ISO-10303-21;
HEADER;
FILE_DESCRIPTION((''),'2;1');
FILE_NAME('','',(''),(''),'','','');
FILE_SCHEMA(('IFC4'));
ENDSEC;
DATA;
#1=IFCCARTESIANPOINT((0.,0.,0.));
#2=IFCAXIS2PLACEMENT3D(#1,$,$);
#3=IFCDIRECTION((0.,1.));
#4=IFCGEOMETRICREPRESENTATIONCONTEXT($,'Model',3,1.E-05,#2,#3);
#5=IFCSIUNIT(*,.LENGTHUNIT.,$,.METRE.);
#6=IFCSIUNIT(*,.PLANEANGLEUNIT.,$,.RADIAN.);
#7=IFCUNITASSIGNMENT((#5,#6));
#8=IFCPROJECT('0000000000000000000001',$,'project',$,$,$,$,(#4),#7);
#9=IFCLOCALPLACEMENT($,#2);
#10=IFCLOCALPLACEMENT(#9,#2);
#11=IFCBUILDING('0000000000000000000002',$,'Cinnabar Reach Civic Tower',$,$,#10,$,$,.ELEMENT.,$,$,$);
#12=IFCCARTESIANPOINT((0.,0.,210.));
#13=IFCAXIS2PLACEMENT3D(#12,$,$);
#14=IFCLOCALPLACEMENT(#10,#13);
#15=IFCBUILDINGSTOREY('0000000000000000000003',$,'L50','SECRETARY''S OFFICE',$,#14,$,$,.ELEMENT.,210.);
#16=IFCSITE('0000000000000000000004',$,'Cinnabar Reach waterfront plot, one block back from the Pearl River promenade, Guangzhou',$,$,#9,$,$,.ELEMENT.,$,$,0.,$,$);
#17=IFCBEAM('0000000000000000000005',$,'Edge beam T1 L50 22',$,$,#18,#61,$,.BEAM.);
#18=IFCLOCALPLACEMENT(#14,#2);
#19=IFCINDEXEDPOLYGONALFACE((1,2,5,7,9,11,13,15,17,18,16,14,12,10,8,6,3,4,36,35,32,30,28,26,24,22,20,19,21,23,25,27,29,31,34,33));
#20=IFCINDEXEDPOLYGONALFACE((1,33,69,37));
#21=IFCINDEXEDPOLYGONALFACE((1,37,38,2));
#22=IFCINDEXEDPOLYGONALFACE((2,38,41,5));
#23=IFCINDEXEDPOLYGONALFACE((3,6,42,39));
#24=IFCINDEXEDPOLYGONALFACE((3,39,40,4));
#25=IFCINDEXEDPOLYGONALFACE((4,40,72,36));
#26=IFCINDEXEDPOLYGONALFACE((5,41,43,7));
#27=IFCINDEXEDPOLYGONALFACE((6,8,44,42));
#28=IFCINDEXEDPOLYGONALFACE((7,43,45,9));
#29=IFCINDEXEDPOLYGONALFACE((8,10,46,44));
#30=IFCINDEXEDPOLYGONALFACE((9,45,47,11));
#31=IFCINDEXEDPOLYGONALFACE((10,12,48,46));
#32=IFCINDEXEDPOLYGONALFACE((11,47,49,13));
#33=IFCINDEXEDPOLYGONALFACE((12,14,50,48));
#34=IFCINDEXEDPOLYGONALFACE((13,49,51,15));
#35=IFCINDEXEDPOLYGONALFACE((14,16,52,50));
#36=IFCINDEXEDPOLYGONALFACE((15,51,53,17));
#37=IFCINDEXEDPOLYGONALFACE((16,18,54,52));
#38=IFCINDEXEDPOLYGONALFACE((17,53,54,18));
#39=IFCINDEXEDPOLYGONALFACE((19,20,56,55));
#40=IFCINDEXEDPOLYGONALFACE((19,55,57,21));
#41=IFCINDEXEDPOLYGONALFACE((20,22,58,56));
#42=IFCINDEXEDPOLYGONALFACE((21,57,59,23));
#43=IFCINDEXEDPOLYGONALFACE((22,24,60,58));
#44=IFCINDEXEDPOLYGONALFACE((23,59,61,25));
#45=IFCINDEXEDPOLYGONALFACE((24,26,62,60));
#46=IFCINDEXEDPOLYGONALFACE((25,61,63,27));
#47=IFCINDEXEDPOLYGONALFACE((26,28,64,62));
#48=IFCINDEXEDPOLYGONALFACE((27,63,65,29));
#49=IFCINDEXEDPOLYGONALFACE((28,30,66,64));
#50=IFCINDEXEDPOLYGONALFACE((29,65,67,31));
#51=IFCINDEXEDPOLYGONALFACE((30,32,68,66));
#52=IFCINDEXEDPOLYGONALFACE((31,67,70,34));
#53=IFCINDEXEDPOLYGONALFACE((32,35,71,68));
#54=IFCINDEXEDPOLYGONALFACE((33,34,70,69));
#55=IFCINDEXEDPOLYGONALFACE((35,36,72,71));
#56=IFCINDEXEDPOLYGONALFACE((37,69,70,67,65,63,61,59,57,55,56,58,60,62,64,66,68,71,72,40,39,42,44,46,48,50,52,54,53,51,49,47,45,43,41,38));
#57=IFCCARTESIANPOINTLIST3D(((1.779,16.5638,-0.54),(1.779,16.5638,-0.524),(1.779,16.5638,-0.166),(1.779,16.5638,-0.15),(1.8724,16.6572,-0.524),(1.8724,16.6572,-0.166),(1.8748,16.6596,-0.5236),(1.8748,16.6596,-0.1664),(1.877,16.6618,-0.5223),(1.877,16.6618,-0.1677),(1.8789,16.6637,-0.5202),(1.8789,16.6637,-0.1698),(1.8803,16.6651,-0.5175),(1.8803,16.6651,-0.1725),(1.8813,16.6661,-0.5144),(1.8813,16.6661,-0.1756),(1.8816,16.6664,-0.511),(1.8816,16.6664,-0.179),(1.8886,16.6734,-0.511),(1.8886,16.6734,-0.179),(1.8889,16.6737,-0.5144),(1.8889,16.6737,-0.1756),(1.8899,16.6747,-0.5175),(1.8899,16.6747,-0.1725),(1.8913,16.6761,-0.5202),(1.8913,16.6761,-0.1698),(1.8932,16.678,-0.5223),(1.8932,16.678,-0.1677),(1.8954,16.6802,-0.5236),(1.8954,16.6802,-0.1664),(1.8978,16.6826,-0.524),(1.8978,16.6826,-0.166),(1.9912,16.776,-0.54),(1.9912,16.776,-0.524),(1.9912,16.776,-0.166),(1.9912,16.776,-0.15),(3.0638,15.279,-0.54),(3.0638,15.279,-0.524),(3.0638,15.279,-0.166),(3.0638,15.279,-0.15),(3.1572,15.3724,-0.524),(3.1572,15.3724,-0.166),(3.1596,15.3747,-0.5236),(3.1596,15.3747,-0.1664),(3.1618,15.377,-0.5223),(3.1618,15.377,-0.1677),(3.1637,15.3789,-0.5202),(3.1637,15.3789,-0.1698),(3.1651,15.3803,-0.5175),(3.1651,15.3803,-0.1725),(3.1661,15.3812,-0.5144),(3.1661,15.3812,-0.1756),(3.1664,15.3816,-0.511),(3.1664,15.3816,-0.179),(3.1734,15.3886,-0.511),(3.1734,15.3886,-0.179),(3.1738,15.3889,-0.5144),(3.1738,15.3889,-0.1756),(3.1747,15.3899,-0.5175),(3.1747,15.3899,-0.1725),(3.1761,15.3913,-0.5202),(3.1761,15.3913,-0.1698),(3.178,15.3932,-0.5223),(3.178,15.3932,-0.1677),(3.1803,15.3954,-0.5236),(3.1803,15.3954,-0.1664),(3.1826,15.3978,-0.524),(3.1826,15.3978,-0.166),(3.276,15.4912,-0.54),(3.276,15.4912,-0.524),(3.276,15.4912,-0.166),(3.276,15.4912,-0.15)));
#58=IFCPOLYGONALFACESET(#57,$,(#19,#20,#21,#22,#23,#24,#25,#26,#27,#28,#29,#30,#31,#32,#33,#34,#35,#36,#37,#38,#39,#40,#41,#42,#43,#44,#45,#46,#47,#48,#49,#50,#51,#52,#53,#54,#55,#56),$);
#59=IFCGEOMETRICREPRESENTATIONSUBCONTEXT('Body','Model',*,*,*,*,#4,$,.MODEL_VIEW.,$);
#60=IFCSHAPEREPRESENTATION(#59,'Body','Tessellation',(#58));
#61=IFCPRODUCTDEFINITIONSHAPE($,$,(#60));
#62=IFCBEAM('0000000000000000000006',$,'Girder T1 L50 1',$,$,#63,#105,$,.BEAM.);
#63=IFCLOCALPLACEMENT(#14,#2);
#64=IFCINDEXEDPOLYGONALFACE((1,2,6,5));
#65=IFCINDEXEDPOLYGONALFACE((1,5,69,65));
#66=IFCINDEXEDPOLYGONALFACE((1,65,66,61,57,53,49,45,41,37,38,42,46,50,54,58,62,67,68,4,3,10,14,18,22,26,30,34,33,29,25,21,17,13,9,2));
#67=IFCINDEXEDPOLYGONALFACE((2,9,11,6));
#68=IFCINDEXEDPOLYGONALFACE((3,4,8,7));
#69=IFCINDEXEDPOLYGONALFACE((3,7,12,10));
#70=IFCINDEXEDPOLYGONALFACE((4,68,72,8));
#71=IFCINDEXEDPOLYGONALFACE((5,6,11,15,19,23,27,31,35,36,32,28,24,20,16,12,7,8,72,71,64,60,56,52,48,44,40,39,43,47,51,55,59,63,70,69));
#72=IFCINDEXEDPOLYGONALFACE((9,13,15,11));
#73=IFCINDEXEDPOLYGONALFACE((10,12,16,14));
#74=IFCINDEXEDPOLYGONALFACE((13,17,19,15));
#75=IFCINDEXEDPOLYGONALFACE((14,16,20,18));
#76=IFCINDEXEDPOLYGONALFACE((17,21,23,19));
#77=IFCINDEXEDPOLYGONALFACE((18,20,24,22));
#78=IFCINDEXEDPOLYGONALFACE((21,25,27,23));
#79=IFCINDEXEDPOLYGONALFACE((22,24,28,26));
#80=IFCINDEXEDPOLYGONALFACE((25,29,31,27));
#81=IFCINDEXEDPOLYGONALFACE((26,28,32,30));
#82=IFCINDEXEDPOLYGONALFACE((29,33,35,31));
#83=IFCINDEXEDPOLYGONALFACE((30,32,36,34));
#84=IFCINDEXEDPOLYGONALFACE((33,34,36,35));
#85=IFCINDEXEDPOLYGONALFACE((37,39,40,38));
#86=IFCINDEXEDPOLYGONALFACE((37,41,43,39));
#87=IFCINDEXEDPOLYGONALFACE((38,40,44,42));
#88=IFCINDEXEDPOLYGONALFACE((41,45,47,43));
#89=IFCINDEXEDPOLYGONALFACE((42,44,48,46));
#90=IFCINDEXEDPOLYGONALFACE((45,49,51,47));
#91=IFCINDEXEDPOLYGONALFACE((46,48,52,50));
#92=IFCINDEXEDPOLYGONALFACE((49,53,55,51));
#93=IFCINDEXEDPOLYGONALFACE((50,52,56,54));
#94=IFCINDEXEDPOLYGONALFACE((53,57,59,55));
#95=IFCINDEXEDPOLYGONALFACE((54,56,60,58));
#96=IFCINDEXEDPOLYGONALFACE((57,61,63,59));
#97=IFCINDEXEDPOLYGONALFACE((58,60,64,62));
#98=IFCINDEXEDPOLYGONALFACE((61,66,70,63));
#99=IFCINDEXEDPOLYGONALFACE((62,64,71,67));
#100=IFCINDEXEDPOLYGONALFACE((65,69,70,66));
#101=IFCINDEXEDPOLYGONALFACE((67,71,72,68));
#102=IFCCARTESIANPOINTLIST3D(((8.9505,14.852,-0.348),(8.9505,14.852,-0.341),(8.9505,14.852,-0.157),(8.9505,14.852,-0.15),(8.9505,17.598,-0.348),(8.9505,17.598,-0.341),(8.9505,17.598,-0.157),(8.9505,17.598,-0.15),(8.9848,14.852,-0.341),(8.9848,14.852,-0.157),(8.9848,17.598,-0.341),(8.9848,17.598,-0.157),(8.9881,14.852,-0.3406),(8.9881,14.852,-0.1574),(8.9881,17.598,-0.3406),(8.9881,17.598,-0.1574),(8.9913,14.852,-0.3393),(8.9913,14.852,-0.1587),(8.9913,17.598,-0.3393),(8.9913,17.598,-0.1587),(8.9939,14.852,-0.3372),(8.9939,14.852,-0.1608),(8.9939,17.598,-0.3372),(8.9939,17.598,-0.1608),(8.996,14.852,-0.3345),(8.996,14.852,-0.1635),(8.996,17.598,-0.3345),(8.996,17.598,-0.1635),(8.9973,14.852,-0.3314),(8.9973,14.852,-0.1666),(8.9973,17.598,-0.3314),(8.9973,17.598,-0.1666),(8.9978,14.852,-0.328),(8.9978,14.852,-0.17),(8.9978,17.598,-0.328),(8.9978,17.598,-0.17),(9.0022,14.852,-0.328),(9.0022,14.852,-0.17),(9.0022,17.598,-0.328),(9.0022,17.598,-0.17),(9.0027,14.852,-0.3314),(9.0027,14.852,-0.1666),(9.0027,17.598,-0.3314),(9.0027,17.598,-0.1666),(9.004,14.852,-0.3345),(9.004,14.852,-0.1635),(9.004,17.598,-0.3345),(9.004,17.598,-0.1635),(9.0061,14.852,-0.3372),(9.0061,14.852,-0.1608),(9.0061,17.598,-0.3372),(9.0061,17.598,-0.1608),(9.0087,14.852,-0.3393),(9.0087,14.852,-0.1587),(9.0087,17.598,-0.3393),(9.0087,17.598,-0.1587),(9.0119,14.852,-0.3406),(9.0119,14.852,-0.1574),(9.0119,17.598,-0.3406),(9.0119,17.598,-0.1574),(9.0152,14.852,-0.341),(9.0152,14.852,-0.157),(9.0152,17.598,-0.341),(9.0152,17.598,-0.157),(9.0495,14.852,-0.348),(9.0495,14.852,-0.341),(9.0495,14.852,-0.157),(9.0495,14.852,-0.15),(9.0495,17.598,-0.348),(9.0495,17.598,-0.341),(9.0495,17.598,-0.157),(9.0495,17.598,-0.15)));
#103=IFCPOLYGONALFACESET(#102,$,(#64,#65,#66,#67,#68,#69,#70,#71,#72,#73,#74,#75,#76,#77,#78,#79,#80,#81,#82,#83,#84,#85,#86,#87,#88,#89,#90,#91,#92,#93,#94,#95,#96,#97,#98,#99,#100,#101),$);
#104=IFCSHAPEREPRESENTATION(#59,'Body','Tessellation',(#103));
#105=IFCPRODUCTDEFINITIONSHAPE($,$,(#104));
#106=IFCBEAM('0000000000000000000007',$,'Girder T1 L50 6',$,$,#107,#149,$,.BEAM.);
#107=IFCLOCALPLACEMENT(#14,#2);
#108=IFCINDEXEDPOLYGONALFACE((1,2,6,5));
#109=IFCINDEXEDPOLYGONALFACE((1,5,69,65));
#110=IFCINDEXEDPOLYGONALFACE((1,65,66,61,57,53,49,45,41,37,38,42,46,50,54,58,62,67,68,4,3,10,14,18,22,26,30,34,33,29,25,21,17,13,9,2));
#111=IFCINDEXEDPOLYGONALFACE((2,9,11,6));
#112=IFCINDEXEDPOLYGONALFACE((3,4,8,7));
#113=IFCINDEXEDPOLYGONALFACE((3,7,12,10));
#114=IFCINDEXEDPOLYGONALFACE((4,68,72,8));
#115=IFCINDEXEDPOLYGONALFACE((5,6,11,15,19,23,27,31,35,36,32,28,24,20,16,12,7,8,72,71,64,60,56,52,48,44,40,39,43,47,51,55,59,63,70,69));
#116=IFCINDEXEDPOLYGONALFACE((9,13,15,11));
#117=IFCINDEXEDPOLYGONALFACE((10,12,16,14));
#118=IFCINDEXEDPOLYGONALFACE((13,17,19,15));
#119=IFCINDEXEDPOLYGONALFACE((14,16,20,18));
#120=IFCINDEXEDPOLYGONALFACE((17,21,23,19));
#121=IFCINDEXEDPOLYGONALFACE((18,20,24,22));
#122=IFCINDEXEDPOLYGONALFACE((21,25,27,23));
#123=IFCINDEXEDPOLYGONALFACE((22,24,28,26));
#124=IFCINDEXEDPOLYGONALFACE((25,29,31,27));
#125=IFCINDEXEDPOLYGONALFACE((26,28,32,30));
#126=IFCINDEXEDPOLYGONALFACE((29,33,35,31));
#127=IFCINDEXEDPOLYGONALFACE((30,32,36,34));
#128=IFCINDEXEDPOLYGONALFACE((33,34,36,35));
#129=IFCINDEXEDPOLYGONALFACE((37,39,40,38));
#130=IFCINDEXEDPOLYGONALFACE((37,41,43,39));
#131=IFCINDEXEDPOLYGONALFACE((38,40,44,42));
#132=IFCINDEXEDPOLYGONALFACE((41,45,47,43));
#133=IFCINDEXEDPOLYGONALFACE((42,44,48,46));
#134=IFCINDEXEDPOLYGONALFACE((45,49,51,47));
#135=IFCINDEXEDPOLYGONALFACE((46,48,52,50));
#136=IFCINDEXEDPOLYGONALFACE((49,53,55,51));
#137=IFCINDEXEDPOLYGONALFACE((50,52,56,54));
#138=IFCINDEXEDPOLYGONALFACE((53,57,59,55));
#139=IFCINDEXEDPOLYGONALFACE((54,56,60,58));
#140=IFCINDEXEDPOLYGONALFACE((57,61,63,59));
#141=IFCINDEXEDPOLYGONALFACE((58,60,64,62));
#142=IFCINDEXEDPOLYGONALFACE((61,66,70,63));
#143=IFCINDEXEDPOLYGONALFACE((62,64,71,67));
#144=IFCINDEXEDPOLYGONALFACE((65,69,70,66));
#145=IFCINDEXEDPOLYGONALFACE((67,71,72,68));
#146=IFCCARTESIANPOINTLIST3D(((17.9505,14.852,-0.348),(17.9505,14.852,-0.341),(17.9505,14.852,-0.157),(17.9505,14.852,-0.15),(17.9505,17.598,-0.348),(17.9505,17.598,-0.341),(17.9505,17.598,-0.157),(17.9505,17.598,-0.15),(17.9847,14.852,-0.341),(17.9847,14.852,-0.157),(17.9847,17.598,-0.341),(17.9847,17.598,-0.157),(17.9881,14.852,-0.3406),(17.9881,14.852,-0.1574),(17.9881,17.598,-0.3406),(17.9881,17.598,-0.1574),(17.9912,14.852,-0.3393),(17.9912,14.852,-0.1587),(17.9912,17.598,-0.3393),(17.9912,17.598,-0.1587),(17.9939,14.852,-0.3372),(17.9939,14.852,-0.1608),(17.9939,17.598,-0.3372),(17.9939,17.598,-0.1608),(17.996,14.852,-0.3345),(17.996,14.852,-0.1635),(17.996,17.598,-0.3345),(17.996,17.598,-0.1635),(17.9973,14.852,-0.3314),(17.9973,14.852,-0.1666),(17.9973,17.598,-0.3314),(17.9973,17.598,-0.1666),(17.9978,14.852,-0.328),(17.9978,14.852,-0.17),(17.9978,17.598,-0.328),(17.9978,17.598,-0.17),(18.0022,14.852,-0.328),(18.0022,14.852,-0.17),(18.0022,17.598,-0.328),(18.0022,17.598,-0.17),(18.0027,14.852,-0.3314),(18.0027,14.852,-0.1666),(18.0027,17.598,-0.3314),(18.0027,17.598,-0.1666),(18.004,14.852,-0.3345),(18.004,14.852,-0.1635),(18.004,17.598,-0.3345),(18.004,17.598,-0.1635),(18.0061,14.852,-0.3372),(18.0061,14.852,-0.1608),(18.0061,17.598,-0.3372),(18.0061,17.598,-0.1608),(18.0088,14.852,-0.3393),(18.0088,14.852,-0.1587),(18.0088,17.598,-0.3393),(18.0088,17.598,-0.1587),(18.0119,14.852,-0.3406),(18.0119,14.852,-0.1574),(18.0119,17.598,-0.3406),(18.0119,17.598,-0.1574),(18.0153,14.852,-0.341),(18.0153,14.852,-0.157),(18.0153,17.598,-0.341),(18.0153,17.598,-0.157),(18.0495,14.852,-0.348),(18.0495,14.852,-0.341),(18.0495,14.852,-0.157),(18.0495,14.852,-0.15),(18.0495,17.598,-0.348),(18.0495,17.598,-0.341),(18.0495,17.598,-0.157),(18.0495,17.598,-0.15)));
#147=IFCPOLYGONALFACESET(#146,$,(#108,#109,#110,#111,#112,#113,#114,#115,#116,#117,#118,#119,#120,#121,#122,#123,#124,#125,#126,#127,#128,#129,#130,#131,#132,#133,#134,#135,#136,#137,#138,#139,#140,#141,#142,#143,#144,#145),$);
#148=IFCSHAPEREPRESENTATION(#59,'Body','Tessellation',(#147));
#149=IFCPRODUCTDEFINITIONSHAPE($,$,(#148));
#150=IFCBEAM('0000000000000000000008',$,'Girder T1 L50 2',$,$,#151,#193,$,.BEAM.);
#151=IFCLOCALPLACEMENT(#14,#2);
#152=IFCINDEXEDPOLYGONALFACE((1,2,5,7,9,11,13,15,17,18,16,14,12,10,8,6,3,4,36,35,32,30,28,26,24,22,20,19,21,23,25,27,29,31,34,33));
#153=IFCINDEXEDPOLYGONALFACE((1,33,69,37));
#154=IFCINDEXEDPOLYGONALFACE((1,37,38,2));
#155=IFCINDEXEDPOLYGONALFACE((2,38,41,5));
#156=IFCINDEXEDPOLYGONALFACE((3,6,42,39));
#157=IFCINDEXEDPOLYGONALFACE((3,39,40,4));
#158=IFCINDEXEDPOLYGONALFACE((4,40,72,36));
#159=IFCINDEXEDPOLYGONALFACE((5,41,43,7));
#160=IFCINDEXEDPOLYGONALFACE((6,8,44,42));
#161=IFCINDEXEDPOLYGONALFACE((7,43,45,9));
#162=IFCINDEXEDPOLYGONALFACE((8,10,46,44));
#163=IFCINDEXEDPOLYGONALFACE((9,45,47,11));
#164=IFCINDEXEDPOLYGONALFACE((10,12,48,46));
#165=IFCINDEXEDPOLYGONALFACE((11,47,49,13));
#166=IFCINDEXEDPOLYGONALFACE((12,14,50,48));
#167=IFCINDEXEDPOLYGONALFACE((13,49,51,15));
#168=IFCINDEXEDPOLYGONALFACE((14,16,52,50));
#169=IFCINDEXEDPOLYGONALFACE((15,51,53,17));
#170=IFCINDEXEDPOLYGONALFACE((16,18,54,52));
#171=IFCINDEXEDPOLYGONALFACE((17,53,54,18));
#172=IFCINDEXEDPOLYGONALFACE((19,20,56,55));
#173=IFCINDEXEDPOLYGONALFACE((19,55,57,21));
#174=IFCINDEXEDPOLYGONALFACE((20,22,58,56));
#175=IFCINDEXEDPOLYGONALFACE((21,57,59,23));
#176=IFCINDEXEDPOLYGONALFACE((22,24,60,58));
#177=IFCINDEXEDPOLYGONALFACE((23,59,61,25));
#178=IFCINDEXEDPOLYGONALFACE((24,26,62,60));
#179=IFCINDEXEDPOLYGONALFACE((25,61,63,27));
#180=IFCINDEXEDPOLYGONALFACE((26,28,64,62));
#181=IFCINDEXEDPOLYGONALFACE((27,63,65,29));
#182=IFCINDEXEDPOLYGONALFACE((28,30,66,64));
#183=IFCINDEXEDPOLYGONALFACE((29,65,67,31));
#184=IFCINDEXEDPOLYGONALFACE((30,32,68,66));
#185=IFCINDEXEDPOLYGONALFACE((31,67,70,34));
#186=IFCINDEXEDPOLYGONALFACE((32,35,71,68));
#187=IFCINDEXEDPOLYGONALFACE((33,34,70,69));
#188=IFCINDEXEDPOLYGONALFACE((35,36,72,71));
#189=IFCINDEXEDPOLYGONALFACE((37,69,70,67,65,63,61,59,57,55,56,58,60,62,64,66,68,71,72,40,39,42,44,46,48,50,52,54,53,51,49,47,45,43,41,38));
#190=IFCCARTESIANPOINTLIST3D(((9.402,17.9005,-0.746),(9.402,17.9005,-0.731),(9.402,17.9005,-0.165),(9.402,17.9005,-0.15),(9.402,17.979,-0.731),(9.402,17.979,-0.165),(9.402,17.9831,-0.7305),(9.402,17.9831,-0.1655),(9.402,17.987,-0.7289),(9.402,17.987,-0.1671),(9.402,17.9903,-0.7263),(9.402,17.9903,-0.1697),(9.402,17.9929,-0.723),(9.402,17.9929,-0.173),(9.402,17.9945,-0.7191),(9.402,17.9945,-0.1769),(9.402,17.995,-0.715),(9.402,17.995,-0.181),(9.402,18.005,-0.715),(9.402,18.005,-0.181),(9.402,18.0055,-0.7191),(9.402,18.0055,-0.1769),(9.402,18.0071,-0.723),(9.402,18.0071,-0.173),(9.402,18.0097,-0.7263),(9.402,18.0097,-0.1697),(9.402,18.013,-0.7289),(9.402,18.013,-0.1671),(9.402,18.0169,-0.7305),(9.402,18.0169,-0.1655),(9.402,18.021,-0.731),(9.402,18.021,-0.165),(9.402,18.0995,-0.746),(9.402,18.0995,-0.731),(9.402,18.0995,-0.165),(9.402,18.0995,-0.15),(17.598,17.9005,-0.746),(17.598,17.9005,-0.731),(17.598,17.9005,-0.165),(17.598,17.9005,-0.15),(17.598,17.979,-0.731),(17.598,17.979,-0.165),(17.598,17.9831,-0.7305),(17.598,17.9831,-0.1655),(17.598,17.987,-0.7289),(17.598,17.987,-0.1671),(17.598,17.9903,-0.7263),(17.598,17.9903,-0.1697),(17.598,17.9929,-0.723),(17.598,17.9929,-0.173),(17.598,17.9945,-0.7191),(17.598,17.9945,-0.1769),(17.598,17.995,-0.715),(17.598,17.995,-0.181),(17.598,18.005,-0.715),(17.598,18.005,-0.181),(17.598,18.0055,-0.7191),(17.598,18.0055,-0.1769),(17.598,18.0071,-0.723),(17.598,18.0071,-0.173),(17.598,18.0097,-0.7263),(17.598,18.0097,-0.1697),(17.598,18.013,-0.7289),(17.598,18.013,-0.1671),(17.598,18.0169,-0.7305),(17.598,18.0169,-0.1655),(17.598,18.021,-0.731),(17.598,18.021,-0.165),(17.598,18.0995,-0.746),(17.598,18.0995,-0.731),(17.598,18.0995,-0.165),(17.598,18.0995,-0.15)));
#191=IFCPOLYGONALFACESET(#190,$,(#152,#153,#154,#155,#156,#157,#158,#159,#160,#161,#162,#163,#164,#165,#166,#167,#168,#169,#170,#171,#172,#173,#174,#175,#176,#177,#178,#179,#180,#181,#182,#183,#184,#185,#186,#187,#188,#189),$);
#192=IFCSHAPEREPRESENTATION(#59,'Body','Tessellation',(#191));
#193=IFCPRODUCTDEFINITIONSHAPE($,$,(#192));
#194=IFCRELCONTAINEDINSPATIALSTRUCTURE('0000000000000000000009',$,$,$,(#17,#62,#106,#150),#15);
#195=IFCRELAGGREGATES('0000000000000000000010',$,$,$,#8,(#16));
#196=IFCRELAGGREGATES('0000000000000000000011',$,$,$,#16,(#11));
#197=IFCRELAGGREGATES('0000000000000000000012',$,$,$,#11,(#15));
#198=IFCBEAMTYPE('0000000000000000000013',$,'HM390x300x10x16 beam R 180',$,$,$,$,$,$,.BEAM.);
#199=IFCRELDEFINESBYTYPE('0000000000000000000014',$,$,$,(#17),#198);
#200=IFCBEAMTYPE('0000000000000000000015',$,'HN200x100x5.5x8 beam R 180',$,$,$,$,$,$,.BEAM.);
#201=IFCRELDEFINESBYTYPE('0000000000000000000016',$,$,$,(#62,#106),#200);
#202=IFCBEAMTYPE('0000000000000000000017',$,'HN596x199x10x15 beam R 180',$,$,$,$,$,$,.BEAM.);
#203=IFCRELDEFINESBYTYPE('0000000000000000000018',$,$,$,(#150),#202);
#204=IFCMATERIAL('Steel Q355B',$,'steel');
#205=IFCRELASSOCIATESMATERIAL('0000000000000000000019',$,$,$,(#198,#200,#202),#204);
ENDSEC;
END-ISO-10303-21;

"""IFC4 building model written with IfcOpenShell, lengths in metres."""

from ifc_helpers import new_model, si_unit, direction, frame, origin, origin_2d, place, context, subcontext, project, spatial, i_section, extrude, material, material_profile, profile_set, type_object, element, save


model = new_model("IFC4")

# Units and contexts
model_context = context("Model", 3, precision=1e-05, world=origin(), true_north=direction((0.0, 1.0)))
body_context = subcontext(model_context, "Body", "Model", "MODEL_VIEW")
ifc_project = project(units=[si_unit("LENGTHUNIT", "METRE"), si_unit("PLANEANGLEUNIT", "RADIAN")], contexts=[model_context])

# Site, building, storey
site_placement = place(None, origin())
site = spatial("IfcSite", under=ifc_project, at=site_placement, Name="Cinnabar Reach waterfront plot, one block back from the Pearl River promenade, Guangzhou", CompositionType="ELEMENT", RefElevation=0.0)
building_placement = place(site_placement, origin())
building = spatial("IfcBuilding", under=site, at=building_placement, Name="Cinnabar Reach Civic Tower", CompositionType="ELEMENT")
storey_placement = place(building_placement, frame((0.0, 0.0, 210.0)))
storey = spatial("IfcBuildingStorey", under=building, at=storey_placement, Name="L50", Description="SECRETARY'S OFFICE", CompositionType="ELEMENT", Elevation=210.0)

# Beams
ifc_material_1 = material(Name="Steel Q355B", Category="steel")
ifc_material_profile_1 = material_profile(ifc_material_1, i_section(OverallWidth=0.3, OverallDepth=0.39, WebThickness=0.01, FlangeThickness=0.016, FilletRadius=0.013, at=origin_2d()), Name="HM390x300x10x16")
ifc_profile_set_1 = profile_set([ifc_material_profile_1], Name="Steel Q355B")
beam_type_1 = type_object("IfcBeamType", Name="HM390x300x10x16 beam R 180", PredefinedType="BEAM", material=ifc_profile_set_1)
beam_1_placement = place(storey_placement, frame((1.8851, 16.6699, -0.345), z_axis=(0.707107, -0.707107, 0.0), x_axis=(0.707107, 0.707107, 0.0)))
element("IfcBeam", 1, at=beam_1_placement, inside=storey, type_object=beam_type_1, Name="Edge beam T1 L50 22", PredefinedType="BEAM", context=body_context, shape_type="SweptSolid", body=[
    extrude(i_section(OverallWidth=0.3, OverallDepth=0.39, WebThickness=0.01, FlangeThickness=0.016, FilletRadius=0.013, at=origin_2d()), origin(), (0.0, 0.0, 1.0), 1.817),
])
ifc_material_profile_2 = material_profile(ifc_material_1, i_section(OverallWidth=0.099, OverallDepth=0.198, WebThickness=0.0045, FlangeThickness=0.007, FilletRadius=0.013, at=origin_2d()), Name="HN200x100x5.5x8")
ifc_profile_set_2 = profile_set([ifc_material_profile_2], Name="Steel Q355B")
beam_type_2 = type_object("IfcBeamType", Name="HN200x100x5.5x8 beam R 180", PredefinedType="BEAM", material=ifc_profile_set_2)
for number, where, z_axis, x_axis, name in (
    (2, (9.0, 14.852, -0.249), (0.0, 1.0, 0.0), (-1.0, 0.0, 0.0), "Girder T1 L50 1"),
    (3, (18.0, 14.852, -0.249), (0.0, 1.0, 0.0), (-1.0, 0.0, 0.0), "Girder T1 L50 6"),
):
    element("IfcBeam", number, at=place(storey_placement, frame(where, z_axis=z_axis, x_axis=x_axis)), inside=storey, type_object=beam_type_2, Name=name, PredefinedType="BEAM", context=body_context, shape_type="SweptSolid", body=[
        extrude(i_section(OverallWidth=0.099, OverallDepth=0.198, WebThickness=0.0045, FlangeThickness=0.007, FilletRadius=0.013, at=origin_2d()), origin(), (0.0, 0.0, 1.0), 2.746),
    ])
ifc_material_profile_3 = material_profile(ifc_material_1, i_section(OverallWidth=0.199, OverallDepth=0.596, WebThickness=0.01, FlangeThickness=0.015, FilletRadius=0.016, at=origin_2d()), Name="HN596x199x10x15")
ifc_profile_set_3 = profile_set([ifc_material_profile_3], Name="Steel Q355B")
beam_type_3 = type_object("IfcBeamType", Name="HN596x199x10x15 beam R 180", PredefinedType="BEAM", material=ifc_profile_set_3)
beam_2_placement = place(storey_placement, frame((9.402, 18.0, -0.448), z_axis=(1.0, 0.0, 0.0), x_axis=(0.0, 1.0, 0.0)))
element("IfcBeam", 4, at=beam_2_placement, inside=storey, type_object=beam_type_3, Name="Girder T1 L50 2", PredefinedType="BEAM", context=body_context, shape_type="SweptSolid", body=[
    extrude(i_section(OverallWidth=0.199, OverallDepth=0.596, WebThickness=0.01, FlangeThickness=0.015, FilletRadius=0.016, at=origin_2d()), origin(), (0.0, 0.0, 1.0), 8.196),
])

save(model, "model.ifc")
